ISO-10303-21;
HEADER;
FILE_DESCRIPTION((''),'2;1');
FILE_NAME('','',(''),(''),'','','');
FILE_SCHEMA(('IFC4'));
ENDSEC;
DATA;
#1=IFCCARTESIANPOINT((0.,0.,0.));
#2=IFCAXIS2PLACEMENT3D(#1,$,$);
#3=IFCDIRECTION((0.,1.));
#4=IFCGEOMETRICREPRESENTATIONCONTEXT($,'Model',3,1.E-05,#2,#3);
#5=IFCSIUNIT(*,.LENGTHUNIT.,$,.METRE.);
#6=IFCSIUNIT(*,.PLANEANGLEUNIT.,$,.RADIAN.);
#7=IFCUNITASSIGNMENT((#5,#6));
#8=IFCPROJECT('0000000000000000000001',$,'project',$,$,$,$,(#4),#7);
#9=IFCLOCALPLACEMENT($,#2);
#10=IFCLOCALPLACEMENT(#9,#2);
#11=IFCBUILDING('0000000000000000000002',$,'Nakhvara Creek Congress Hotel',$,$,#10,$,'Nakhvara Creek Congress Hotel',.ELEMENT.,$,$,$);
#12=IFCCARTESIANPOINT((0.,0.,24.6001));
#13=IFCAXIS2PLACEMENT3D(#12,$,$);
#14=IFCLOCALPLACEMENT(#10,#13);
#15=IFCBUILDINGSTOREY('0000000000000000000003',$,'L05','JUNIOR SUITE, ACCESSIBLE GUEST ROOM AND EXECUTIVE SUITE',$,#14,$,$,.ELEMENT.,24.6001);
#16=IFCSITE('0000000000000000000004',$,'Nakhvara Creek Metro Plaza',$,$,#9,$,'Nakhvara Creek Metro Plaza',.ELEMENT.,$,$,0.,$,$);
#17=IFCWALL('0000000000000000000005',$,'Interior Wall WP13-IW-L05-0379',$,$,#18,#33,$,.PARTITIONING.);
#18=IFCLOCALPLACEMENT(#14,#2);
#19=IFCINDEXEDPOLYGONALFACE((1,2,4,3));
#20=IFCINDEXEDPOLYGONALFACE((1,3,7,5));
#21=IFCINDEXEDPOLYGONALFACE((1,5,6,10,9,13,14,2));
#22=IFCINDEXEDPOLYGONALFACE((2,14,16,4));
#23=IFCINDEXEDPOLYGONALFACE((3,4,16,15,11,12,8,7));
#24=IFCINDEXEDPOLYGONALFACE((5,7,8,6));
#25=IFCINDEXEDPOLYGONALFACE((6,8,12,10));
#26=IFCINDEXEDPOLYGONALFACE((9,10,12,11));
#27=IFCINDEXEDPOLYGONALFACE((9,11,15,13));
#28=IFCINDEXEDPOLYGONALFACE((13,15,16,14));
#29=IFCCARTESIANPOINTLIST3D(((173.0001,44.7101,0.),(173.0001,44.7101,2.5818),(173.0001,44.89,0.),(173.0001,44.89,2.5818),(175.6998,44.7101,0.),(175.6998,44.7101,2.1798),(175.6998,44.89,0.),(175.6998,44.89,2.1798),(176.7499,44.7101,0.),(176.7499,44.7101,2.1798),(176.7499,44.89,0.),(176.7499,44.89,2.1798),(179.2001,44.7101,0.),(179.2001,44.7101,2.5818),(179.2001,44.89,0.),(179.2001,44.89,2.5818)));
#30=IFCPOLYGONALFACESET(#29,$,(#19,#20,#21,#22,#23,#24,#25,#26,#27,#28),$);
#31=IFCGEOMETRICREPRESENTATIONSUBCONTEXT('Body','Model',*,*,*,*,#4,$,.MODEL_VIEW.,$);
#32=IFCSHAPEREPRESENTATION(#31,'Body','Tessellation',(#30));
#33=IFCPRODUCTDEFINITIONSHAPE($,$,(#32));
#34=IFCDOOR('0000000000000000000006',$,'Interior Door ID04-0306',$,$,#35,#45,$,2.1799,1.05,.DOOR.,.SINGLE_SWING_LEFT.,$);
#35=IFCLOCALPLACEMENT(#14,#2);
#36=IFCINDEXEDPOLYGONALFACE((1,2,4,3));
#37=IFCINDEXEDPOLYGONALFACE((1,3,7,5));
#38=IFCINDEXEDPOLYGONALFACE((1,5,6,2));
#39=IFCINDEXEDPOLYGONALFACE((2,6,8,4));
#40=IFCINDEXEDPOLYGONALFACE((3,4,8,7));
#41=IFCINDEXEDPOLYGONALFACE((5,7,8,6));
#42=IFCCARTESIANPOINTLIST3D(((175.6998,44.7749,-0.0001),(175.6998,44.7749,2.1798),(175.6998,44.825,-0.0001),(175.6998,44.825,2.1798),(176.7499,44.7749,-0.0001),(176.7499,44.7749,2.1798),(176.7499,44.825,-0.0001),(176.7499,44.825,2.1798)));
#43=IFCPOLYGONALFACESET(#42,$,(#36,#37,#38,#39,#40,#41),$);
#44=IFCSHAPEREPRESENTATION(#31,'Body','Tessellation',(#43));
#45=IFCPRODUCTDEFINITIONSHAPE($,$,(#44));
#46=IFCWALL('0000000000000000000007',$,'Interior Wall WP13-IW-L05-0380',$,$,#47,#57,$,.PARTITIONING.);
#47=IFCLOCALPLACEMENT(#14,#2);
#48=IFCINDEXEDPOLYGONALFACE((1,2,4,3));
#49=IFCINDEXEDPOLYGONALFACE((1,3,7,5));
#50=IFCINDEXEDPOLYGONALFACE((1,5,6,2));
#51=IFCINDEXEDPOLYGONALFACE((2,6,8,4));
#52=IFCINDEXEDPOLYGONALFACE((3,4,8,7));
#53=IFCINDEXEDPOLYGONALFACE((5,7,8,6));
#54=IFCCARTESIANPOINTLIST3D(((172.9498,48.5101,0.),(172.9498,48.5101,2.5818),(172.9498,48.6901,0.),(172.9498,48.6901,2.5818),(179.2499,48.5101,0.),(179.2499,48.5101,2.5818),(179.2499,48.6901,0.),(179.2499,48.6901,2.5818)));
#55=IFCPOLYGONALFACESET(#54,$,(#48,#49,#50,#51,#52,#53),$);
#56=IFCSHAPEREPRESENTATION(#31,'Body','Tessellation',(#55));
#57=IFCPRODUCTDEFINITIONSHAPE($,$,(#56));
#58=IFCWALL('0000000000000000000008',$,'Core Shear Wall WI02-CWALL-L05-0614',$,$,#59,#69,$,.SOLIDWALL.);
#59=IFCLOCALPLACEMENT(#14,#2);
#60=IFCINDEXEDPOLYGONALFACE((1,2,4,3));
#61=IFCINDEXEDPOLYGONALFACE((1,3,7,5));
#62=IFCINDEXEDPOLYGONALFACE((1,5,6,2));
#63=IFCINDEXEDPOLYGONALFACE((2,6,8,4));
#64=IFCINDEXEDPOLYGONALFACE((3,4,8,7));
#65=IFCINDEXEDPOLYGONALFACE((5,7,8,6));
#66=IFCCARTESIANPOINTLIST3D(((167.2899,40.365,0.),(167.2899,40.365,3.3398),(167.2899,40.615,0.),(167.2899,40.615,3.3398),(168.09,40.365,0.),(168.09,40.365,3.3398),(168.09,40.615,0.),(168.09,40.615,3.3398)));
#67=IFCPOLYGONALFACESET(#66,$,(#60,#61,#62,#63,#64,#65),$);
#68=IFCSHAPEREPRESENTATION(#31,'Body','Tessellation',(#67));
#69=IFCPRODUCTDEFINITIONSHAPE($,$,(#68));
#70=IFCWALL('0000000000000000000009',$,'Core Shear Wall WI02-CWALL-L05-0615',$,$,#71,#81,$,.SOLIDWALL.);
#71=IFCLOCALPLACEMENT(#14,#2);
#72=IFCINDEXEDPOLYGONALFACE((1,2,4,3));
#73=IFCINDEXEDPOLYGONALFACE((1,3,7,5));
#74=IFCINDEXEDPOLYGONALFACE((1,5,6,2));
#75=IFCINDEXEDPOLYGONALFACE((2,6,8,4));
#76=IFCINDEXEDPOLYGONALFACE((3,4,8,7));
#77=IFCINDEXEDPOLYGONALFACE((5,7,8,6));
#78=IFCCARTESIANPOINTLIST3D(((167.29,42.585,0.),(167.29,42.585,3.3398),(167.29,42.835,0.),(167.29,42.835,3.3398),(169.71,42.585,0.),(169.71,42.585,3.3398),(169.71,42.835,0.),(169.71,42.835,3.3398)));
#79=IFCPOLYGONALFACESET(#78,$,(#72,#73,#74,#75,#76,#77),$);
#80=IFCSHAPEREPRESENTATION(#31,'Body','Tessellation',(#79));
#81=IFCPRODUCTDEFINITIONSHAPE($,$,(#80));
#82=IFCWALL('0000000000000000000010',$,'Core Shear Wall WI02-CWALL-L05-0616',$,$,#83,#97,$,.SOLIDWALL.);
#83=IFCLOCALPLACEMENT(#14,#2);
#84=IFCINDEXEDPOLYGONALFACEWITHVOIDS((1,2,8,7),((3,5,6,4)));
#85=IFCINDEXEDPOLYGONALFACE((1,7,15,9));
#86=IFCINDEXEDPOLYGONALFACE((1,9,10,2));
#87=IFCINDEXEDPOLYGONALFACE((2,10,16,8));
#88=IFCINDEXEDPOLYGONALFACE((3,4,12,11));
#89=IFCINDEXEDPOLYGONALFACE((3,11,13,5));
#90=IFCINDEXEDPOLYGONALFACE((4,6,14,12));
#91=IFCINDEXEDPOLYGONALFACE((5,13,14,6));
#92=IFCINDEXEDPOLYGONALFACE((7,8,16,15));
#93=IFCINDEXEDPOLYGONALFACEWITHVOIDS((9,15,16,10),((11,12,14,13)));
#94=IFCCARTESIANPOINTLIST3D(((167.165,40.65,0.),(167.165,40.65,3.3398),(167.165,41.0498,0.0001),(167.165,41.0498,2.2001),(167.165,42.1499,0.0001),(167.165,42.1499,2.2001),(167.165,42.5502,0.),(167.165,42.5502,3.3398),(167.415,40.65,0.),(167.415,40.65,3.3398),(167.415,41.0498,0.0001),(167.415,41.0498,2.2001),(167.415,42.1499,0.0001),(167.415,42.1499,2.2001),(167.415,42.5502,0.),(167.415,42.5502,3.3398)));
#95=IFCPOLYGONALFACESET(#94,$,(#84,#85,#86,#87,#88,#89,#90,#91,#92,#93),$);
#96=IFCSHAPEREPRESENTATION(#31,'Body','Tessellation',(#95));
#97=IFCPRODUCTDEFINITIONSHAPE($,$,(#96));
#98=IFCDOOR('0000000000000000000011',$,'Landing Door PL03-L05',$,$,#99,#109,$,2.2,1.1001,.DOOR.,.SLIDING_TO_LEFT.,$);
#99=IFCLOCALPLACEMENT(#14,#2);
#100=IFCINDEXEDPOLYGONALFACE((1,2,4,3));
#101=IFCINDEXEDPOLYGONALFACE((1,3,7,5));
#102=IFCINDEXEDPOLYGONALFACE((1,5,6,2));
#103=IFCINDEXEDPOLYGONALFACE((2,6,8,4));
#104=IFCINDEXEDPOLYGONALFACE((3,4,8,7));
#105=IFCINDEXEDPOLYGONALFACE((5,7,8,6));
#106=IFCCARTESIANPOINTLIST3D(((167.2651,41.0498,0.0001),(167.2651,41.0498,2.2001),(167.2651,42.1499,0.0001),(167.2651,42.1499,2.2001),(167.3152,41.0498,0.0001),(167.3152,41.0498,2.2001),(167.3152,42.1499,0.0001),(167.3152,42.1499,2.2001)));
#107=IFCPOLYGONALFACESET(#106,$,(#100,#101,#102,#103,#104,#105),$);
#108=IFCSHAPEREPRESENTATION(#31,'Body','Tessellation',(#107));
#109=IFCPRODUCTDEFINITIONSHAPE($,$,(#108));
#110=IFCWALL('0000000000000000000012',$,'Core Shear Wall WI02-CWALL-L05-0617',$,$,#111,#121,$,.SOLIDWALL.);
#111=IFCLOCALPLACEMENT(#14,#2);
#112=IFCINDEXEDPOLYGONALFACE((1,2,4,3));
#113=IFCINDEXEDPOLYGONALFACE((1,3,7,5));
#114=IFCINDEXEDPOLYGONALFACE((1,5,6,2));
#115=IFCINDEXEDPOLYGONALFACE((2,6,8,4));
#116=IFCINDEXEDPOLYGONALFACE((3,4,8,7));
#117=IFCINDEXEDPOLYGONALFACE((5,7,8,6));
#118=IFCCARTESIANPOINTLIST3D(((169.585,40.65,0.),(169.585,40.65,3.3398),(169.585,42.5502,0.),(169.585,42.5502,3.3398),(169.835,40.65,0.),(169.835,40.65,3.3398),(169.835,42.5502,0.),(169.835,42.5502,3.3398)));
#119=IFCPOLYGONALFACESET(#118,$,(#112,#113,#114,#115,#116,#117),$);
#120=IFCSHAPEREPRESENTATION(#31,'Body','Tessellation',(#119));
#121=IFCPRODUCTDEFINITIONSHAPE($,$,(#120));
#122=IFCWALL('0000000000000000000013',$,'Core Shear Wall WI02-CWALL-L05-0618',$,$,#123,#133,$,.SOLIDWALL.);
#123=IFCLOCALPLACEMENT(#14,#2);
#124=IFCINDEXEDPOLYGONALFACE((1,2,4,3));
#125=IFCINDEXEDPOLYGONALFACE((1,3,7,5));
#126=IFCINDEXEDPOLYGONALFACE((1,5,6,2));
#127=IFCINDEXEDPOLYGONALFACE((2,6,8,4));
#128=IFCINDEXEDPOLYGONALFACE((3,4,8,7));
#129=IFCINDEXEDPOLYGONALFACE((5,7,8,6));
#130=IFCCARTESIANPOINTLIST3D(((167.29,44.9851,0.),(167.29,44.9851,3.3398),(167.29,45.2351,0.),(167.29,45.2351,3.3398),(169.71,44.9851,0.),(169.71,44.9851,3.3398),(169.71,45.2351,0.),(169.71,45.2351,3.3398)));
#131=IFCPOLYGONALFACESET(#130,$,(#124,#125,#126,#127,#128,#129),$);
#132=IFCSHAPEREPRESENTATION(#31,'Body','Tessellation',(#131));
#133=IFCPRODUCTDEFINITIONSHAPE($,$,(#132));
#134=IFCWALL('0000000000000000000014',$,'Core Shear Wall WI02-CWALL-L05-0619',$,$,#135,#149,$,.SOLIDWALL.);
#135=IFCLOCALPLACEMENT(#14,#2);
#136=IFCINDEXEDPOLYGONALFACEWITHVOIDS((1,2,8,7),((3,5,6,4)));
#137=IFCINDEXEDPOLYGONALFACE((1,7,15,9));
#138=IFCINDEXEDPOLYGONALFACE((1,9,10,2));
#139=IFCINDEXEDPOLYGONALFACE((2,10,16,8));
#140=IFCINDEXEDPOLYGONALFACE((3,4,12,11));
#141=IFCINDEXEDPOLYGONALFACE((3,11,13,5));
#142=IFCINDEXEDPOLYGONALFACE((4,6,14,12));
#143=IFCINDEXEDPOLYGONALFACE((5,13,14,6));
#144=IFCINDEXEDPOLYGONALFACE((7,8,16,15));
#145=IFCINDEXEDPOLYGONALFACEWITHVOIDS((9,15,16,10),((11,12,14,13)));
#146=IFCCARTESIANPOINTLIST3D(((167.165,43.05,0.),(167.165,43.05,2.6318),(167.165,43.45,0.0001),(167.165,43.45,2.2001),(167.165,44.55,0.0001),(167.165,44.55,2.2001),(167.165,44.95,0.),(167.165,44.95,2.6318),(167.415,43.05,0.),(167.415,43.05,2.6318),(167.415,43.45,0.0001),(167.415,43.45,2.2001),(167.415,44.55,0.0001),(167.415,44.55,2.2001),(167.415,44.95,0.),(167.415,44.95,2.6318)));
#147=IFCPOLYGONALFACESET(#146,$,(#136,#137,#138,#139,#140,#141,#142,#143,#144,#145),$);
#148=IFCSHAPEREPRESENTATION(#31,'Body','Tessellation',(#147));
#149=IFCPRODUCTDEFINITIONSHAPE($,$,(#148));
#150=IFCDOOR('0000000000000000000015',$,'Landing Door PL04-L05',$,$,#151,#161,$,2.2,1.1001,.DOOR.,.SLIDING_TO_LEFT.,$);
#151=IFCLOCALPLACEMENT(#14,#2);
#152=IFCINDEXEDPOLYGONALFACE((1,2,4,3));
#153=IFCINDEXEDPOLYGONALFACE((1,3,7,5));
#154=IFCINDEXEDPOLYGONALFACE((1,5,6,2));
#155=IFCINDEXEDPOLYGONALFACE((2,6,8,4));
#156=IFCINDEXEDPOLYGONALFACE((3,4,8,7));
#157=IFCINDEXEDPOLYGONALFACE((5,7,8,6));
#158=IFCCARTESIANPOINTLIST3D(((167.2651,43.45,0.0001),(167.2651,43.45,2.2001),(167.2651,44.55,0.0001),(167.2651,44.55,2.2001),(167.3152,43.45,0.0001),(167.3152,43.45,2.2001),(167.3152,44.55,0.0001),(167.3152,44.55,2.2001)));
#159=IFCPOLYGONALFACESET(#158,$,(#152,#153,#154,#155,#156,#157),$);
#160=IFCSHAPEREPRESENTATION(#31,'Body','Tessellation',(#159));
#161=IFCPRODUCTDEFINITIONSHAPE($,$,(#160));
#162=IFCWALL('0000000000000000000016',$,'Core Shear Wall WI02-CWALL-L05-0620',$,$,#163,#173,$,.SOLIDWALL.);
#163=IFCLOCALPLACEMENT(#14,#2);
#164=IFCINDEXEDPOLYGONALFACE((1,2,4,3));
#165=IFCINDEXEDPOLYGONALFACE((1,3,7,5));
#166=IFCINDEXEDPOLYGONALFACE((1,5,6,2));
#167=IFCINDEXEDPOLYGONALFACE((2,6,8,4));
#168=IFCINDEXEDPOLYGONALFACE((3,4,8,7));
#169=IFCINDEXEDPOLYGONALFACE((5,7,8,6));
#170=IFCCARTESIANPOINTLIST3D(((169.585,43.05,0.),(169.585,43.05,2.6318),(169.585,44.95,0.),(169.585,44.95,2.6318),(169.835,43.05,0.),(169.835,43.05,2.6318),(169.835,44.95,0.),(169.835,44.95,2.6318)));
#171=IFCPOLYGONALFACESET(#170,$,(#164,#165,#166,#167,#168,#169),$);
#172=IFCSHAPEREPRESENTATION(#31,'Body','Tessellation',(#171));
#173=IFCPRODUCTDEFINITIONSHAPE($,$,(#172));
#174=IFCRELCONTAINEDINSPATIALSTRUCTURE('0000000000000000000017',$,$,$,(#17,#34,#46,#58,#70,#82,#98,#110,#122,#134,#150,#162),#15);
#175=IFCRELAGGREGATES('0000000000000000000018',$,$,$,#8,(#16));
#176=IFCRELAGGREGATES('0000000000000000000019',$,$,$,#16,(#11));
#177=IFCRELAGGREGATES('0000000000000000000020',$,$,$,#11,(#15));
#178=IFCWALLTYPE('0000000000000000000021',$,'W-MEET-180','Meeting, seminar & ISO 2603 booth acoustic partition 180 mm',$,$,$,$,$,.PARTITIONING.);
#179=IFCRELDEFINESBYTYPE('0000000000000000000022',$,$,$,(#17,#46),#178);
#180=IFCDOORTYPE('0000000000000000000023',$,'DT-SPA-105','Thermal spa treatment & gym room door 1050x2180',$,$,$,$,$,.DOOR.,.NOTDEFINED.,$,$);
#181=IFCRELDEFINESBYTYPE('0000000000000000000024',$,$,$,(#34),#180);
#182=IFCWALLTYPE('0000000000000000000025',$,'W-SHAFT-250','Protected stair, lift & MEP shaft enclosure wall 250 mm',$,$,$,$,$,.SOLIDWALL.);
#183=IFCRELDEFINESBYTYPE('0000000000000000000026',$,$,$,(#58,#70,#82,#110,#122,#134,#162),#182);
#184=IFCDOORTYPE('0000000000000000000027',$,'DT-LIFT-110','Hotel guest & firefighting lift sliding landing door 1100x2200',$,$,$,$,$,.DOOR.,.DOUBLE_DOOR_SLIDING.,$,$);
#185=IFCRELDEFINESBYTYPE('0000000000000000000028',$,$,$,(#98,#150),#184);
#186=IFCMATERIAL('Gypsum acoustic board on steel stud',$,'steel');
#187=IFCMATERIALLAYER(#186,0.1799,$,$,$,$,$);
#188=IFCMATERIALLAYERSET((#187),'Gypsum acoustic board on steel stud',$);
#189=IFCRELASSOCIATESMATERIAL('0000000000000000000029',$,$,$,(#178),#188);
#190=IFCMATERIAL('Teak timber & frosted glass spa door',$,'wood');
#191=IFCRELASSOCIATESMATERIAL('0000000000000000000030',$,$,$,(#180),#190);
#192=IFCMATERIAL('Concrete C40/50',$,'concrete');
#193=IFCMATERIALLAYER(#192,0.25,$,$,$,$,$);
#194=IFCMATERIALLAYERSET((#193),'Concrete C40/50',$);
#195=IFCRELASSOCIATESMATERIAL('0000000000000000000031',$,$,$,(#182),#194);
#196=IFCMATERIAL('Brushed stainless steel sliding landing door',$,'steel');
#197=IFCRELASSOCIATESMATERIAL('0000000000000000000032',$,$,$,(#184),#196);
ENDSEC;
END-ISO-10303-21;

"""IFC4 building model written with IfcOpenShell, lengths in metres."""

from ifc_helpers import new_model, si_unit, direction, frame, frame_2d, origin, place, context, subcontext, project, spatial, rectangle, extrude, material, layer, layer_set, type_object, element, fill, save


model = new_model("IFC4")

# Units and contexts
model_context = context("Model", 3, precision=1e-05, world=origin(), true_north=direction((0.0, 1.0)))
body_context = subcontext(model_context, "Body", "Model", "MODEL_VIEW")
ifc_project = project(units=[si_unit("LENGTHUNIT", "METRE"), si_unit("PLANEANGLEUNIT", "RADIAN")], contexts=[model_context])

# Site, building, storey
site_placement = place(None, origin())
site = spatial("IfcSite", under=ifc_project, at=site_placement, Name="Nakhvara Creek Metro Plaza", LongName="Nakhvara Creek Metro Plaza", CompositionType="ELEMENT", RefElevation=0.0)
building_placement = place(site_placement, origin())
building = spatial("IfcBuilding", under=site, at=building_placement, Name="Nakhvara Creek Congress Hotel", LongName="Nakhvara Creek Congress Hotel", CompositionType="ELEMENT")
storey_placement = place(building_placement, frame((0.0, 0.0, 24.6001)))
storey = spatial("IfcBuildingStorey", under=building, at=storey_placement, Name="L05", Description="JUNIOR SUITE, ACCESSIBLE GUEST ROOM AND EXECUTIVE SUITE", CompositionType="ELEMENT", Elevation=24.6001)

# Shared definitions
ifc_material_1 = material(Name="Concrete C40/50", Category="concrete")

# Shared definitions
ifc_material_2 = material(Name="Gypsum acoustic board on steel stud", Category="steel")

# Wall, opening, door
ifc_layer_1 = layer(ifc_material_2, 0.1799)
ifc_layer_set_1 = layer_set([ifc_layer_1], Name="Gypsum acoustic board on steel stud")
wall_type_1 = type_object("IfcWallType", Name="W-MEET-180", Description="Meeting, seminar & ISO 2603 booth acoustic partition 180 mm", PredefinedType="PARTITIONING", material=ifc_layer_set_1)
wall_1_placement = place(storey_placement, frame((173.0, 44.8, 0.0), z_axis=(0.0, 0.0, 1.0), x_axis=(1.0, 0.0, 0.0)))
wall_1 = element("IfcWall", 1, at=wall_1_placement, inside=storey, type_object=wall_type_1, Name="Interior Wall WP13-IW-L05-0379", PredefinedType="PARTITIONING", context=body_context, shape_type="SweptSolid", body=[
    extrude(rectangle(XDim=6.2, YDim=0.1799, at=frame_2d((3.1001, 0.0))), origin(), (0.0, 0.0, 1.0), 2.5818),
])
opening_1_placement = place(wall_1_placement, frame((2.7, 0.0, 0.0)))
opening_1 = element("IfcOpeningElement", 2, at=opening_1_placement, cuts=wall_1, PredefinedType="OPENING", context=body_context, shape_type="SweptSolid", body=[
    extrude(rectangle(XDim=1.05, YDim=2.1799, at=frame_2d((0.5249, 1.0898))), frame((0.0, 0.1021, 0.0), z_axis=(0.0, -1.0, 0.0), x_axis=(1.0, 0.0, 0.0)), (0.0, 0.0, 1.0), 0.2039),
])
ifc_material_3 = material(Name="Teak timber & frosted glass spa door", Category="wood")
door_type_1 = type_object("IfcDoorType", Name="DT-SPA-105", Description="Thermal spa treatment & gym room door 1050x2180", OperationType="NOTDEFINED", PredefinedType="DOOR", material=ifc_material_3)
door_1_placement = place(opening_1_placement, origin())
door_1 = element("IfcDoor", 3, at=door_1_placement, inside=storey, type_object=door_type_1, Name="Interior Door ID04-0306", OperationType="SINGLE_SWING_LEFT", OverallHeight=2.1799, OverallWidth=1.05, PredefinedType="DOOR", context=body_context, shape_type="SweptSolid", body=[
    extrude(rectangle(XDim=1.05, YDim=2.1799, at=frame_2d((0.5249, 1.0898))), frame((0.0, 0.0249, 0.0), z_axis=(0.0, -1.0, 0.0), x_axis=(1.0, 0.0, 0.0)), (0.0, 0.0, 1.0), 0.05),
])
fill(opening_1, door_1)

# Walls
wall_2_placement = place(storey_placement, frame((172.95, 48.6001, 0.0), z_axis=(0.0, 0.0, 1.0), x_axis=(1.0, 0.0, 0.0)))
element("IfcWall", 4, at=wall_2_placement, inside=storey, type_object=wall_type_1, Name="Interior Wall WP13-IW-L05-0380", PredefinedType="PARTITIONING", context=body_context, shape_type="SweptSolid", body=[
    extrude(rectangle(XDim=6.3, YDim=0.1799, at=frame_2d((3.1499, 0.0))), origin(), (0.0, 0.0, 1.0), 2.5818),
])
ifc_layer_2 = layer(ifc_material_1, 0.25)
ifc_layer_set_2 = layer_set([ifc_layer_2], Name="Concrete C40/50")
wall_type_2 = type_object("IfcWallType", Name="W-SHAFT-250", Description="Protected stair, lift & MEP shaft enclosure wall 250 mm", PredefinedType="SOLIDWALL", material=ifc_layer_set_2)
wall_3_placement = place(storey_placement, frame((167.29, 40.49, 0.0), z_axis=(0.0, 0.0, 1.0), x_axis=(1.0, 0.0, 0.0)))
element("IfcWall", 5, at=wall_3_placement, inside=storey, type_object=wall_type_2, Name="Core Shear Wall WI02-CWALL-L05-0614", PredefinedType="SOLIDWALL", context=body_context, shape_type="SweptSolid", body=[
    extrude(rectangle(XDim=0.8, YDim=0.25, at=frame_2d((0.3999, 0.0))), origin(), (0.0, 0.0, 1.0), 3.3398),
])
wall_4_placement = place(storey_placement, frame((167.29, 42.71, 0.0), z_axis=(0.0, 0.0, 1.0), x_axis=(1.0, 0.0, 0.0)))
element("IfcWall", 6, at=wall_4_placement, inside=storey, type_object=wall_type_2, Name="Core Shear Wall WI02-CWALL-L05-0615", PredefinedType="SOLIDWALL", context=body_context, shape_type="SweptSolid", body=[
    extrude(rectangle(XDim=2.4199, YDim=0.25, at=frame_2d((1.21, 0.0))), origin(), (0.0, 0.0, 1.0), 3.3398),
])

# Wall, opening, door
wall_5_placement = place(storey_placement, frame((167.29, 40.6499, 0.0), z_axis=(0.0, 0.0, 1.0), x_axis=(0.0, 1.0, 0.0)))
wall_5 = element("IfcWall", 7, at=wall_5_placement, inside=storey, type_object=wall_type_2, Name="Core Shear Wall WI02-CWALL-L05-0616", PredefinedType="SOLIDWALL", context=body_context, shape_type="SweptSolid", body=[
    extrude(rectangle(XDim=1.9001, YDim=0.25, at=frame_2d((0.9502, 0.0))), origin(), (0.0, 0.0, 1.0), 3.3398),
])
opening_2_placement = place(wall_5_placement, frame((0.3999, 0.0, 0.0)))
opening_2 = element("IfcOpeningElement", 8, at=opening_2_placement, cuts=wall_5, PredefinedType="OPENING", context=body_context, shape_type="SweptSolid", body=[
    extrude(rectangle(XDim=1.1001, YDim=2.2, at=frame_2d((0.55, 1.1001))), frame((0.0, 0.137, 0.0), z_axis=(0.0, -1.0, 0.0), x_axis=(1.0, 0.0, 0.0)), (0.0, 0.0, 1.0), 0.2739),
])
ifc_material_4 = material(Name="Brushed stainless steel sliding landing door", Category="steel")
door_type_2 = type_object("IfcDoorType", Name="DT-LIFT-110", Description="Hotel guest & firefighting lift sliding landing door 1100x2200", OperationType="DOUBLE_DOOR_SLIDING", PredefinedType="DOOR", material=ifc_material_4)
door_2_placement = place(opening_2_placement, origin())
door_2 = element("IfcDoor", 9, at=door_2_placement, inside=storey, type_object=door_type_2, Name="Landing Door PL03-L05", OperationType="SLIDING_TO_LEFT", OverallHeight=2.2, OverallWidth=1.1001, PredefinedType="DOOR", context=body_context, shape_type="SweptSolid", body=[
    extrude(rectangle(XDim=1.1001, YDim=2.2, at=frame_2d((0.55, 1.1001))), frame((0.0, 0.0249, 0.0), z_axis=(0.0, -1.0, 0.0), x_axis=(1.0, 0.0, 0.0)), (0.0, 0.0, 1.0), 0.05),
])
fill(opening_2, door_2)

# Walls
wall_6_placement = place(storey_placement, frame((169.71, 40.6499, 0.0), z_axis=(0.0, 0.0, 1.0), x_axis=(0.0, 1.0, 0.0)))
element("IfcWall", 10, at=wall_6_placement, inside=storey, type_object=wall_type_2, Name="Core Shear Wall WI02-CWALL-L05-0617", PredefinedType="SOLIDWALL", context=body_context, shape_type="SweptSolid", body=[
    extrude(rectangle(XDim=1.9001, YDim=0.25, at=frame_2d((0.9502, 0.0))), origin(), (0.0, 0.0, 1.0), 3.3398),
])
wall_7_placement = place(storey_placement, frame((167.29, 45.1101, 0.0), z_axis=(0.0, 0.0, 1.0), x_axis=(1.0, 0.0, 0.0)))
element("IfcWall", 11, at=wall_7_placement, inside=storey, type_object=wall_type_2, Name="Core Shear Wall WI02-CWALL-L05-0618", PredefinedType="SOLIDWALL", context=body_context, shape_type="SweptSolid", body=[
    extrude(rectangle(XDim=2.4199, YDim=0.25, at=frame_2d((1.21, 0.0))), origin(), (0.0, 0.0, 1.0), 3.3398),
])

# Wall, opening, door
wall_8_placement = place(storey_placement, frame((167.29, 43.05, 0.0), z_axis=(0.0, 0.0, 1.0), x_axis=(0.0, 1.0, 0.0)))
wall_8 = element("IfcWall", 12, at=wall_8_placement, inside=storey, type_object=wall_type_2, Name="Core Shear Wall WI02-CWALL-L05-0619", PredefinedType="SOLIDWALL", context=body_context, shape_type="SweptSolid", body=[
    extrude(rectangle(XDim=1.8999, YDim=0.25, at=frame_2d((0.95, 0.0))), origin(), (0.0, 0.0, 1.0), 2.6318),
])
opening_3_placement = place(wall_8_placement, frame((0.3999, 0.0, 0.0)))
opening_3 = element("IfcOpeningElement", 13, at=opening_3_placement, cuts=wall_8, PredefinedType="OPENING", context=body_context, shape_type="SweptSolid", body=[
    extrude(rectangle(XDim=1.1001, YDim=2.2, at=frame_2d((0.55, 1.1001))), frame((0.0, 0.137, 0.0), z_axis=(0.0, -1.0, 0.0), x_axis=(1.0, 0.0, 0.0)), (0.0, 0.0, 1.0), 0.2739),
])
door_3_placement = place(opening_3_placement, origin())
door_3 = element("IfcDoor", 14, at=door_3_placement, inside=storey, type_object=door_type_2, Name="Landing Door PL04-L05", OperationType="SLIDING_TO_LEFT", OverallHeight=2.2, OverallWidth=1.1001, PredefinedType="DOOR", context=body_context, shape_type="SweptSolid", body=[
    extrude(rectangle(XDim=1.1001, YDim=2.2, at=frame_2d((0.55, 1.1001))), frame((0.0, 0.0249, 0.0), z_axis=(0.0, -1.0, 0.0), x_axis=(1.0, 0.0, 0.0)), (0.0, 0.0, 1.0), 0.05),
])
fill(opening_3, door_3)

# Wall
wall_9_placement = place(storey_placement, frame((169.71, 43.05, 0.0), z_axis=(0.0, 0.0, 1.0), x_axis=(0.0, 1.0, 0.0)))
element("IfcWall", 15, at=wall_9_placement, inside=storey, type_object=wall_type_2, Name="Core Shear Wall WI02-CWALL-L05-0620", PredefinedType="SOLIDWALL", context=body_context, shape_type="SweptSolid", body=[
    extrude(rectangle(XDim=1.8999, YDim=0.25, at=frame_2d((0.95, 0.0))), origin(), (0.0, 0.0, 1.0), 2.6318),
])

save(model, "model.ifc")
